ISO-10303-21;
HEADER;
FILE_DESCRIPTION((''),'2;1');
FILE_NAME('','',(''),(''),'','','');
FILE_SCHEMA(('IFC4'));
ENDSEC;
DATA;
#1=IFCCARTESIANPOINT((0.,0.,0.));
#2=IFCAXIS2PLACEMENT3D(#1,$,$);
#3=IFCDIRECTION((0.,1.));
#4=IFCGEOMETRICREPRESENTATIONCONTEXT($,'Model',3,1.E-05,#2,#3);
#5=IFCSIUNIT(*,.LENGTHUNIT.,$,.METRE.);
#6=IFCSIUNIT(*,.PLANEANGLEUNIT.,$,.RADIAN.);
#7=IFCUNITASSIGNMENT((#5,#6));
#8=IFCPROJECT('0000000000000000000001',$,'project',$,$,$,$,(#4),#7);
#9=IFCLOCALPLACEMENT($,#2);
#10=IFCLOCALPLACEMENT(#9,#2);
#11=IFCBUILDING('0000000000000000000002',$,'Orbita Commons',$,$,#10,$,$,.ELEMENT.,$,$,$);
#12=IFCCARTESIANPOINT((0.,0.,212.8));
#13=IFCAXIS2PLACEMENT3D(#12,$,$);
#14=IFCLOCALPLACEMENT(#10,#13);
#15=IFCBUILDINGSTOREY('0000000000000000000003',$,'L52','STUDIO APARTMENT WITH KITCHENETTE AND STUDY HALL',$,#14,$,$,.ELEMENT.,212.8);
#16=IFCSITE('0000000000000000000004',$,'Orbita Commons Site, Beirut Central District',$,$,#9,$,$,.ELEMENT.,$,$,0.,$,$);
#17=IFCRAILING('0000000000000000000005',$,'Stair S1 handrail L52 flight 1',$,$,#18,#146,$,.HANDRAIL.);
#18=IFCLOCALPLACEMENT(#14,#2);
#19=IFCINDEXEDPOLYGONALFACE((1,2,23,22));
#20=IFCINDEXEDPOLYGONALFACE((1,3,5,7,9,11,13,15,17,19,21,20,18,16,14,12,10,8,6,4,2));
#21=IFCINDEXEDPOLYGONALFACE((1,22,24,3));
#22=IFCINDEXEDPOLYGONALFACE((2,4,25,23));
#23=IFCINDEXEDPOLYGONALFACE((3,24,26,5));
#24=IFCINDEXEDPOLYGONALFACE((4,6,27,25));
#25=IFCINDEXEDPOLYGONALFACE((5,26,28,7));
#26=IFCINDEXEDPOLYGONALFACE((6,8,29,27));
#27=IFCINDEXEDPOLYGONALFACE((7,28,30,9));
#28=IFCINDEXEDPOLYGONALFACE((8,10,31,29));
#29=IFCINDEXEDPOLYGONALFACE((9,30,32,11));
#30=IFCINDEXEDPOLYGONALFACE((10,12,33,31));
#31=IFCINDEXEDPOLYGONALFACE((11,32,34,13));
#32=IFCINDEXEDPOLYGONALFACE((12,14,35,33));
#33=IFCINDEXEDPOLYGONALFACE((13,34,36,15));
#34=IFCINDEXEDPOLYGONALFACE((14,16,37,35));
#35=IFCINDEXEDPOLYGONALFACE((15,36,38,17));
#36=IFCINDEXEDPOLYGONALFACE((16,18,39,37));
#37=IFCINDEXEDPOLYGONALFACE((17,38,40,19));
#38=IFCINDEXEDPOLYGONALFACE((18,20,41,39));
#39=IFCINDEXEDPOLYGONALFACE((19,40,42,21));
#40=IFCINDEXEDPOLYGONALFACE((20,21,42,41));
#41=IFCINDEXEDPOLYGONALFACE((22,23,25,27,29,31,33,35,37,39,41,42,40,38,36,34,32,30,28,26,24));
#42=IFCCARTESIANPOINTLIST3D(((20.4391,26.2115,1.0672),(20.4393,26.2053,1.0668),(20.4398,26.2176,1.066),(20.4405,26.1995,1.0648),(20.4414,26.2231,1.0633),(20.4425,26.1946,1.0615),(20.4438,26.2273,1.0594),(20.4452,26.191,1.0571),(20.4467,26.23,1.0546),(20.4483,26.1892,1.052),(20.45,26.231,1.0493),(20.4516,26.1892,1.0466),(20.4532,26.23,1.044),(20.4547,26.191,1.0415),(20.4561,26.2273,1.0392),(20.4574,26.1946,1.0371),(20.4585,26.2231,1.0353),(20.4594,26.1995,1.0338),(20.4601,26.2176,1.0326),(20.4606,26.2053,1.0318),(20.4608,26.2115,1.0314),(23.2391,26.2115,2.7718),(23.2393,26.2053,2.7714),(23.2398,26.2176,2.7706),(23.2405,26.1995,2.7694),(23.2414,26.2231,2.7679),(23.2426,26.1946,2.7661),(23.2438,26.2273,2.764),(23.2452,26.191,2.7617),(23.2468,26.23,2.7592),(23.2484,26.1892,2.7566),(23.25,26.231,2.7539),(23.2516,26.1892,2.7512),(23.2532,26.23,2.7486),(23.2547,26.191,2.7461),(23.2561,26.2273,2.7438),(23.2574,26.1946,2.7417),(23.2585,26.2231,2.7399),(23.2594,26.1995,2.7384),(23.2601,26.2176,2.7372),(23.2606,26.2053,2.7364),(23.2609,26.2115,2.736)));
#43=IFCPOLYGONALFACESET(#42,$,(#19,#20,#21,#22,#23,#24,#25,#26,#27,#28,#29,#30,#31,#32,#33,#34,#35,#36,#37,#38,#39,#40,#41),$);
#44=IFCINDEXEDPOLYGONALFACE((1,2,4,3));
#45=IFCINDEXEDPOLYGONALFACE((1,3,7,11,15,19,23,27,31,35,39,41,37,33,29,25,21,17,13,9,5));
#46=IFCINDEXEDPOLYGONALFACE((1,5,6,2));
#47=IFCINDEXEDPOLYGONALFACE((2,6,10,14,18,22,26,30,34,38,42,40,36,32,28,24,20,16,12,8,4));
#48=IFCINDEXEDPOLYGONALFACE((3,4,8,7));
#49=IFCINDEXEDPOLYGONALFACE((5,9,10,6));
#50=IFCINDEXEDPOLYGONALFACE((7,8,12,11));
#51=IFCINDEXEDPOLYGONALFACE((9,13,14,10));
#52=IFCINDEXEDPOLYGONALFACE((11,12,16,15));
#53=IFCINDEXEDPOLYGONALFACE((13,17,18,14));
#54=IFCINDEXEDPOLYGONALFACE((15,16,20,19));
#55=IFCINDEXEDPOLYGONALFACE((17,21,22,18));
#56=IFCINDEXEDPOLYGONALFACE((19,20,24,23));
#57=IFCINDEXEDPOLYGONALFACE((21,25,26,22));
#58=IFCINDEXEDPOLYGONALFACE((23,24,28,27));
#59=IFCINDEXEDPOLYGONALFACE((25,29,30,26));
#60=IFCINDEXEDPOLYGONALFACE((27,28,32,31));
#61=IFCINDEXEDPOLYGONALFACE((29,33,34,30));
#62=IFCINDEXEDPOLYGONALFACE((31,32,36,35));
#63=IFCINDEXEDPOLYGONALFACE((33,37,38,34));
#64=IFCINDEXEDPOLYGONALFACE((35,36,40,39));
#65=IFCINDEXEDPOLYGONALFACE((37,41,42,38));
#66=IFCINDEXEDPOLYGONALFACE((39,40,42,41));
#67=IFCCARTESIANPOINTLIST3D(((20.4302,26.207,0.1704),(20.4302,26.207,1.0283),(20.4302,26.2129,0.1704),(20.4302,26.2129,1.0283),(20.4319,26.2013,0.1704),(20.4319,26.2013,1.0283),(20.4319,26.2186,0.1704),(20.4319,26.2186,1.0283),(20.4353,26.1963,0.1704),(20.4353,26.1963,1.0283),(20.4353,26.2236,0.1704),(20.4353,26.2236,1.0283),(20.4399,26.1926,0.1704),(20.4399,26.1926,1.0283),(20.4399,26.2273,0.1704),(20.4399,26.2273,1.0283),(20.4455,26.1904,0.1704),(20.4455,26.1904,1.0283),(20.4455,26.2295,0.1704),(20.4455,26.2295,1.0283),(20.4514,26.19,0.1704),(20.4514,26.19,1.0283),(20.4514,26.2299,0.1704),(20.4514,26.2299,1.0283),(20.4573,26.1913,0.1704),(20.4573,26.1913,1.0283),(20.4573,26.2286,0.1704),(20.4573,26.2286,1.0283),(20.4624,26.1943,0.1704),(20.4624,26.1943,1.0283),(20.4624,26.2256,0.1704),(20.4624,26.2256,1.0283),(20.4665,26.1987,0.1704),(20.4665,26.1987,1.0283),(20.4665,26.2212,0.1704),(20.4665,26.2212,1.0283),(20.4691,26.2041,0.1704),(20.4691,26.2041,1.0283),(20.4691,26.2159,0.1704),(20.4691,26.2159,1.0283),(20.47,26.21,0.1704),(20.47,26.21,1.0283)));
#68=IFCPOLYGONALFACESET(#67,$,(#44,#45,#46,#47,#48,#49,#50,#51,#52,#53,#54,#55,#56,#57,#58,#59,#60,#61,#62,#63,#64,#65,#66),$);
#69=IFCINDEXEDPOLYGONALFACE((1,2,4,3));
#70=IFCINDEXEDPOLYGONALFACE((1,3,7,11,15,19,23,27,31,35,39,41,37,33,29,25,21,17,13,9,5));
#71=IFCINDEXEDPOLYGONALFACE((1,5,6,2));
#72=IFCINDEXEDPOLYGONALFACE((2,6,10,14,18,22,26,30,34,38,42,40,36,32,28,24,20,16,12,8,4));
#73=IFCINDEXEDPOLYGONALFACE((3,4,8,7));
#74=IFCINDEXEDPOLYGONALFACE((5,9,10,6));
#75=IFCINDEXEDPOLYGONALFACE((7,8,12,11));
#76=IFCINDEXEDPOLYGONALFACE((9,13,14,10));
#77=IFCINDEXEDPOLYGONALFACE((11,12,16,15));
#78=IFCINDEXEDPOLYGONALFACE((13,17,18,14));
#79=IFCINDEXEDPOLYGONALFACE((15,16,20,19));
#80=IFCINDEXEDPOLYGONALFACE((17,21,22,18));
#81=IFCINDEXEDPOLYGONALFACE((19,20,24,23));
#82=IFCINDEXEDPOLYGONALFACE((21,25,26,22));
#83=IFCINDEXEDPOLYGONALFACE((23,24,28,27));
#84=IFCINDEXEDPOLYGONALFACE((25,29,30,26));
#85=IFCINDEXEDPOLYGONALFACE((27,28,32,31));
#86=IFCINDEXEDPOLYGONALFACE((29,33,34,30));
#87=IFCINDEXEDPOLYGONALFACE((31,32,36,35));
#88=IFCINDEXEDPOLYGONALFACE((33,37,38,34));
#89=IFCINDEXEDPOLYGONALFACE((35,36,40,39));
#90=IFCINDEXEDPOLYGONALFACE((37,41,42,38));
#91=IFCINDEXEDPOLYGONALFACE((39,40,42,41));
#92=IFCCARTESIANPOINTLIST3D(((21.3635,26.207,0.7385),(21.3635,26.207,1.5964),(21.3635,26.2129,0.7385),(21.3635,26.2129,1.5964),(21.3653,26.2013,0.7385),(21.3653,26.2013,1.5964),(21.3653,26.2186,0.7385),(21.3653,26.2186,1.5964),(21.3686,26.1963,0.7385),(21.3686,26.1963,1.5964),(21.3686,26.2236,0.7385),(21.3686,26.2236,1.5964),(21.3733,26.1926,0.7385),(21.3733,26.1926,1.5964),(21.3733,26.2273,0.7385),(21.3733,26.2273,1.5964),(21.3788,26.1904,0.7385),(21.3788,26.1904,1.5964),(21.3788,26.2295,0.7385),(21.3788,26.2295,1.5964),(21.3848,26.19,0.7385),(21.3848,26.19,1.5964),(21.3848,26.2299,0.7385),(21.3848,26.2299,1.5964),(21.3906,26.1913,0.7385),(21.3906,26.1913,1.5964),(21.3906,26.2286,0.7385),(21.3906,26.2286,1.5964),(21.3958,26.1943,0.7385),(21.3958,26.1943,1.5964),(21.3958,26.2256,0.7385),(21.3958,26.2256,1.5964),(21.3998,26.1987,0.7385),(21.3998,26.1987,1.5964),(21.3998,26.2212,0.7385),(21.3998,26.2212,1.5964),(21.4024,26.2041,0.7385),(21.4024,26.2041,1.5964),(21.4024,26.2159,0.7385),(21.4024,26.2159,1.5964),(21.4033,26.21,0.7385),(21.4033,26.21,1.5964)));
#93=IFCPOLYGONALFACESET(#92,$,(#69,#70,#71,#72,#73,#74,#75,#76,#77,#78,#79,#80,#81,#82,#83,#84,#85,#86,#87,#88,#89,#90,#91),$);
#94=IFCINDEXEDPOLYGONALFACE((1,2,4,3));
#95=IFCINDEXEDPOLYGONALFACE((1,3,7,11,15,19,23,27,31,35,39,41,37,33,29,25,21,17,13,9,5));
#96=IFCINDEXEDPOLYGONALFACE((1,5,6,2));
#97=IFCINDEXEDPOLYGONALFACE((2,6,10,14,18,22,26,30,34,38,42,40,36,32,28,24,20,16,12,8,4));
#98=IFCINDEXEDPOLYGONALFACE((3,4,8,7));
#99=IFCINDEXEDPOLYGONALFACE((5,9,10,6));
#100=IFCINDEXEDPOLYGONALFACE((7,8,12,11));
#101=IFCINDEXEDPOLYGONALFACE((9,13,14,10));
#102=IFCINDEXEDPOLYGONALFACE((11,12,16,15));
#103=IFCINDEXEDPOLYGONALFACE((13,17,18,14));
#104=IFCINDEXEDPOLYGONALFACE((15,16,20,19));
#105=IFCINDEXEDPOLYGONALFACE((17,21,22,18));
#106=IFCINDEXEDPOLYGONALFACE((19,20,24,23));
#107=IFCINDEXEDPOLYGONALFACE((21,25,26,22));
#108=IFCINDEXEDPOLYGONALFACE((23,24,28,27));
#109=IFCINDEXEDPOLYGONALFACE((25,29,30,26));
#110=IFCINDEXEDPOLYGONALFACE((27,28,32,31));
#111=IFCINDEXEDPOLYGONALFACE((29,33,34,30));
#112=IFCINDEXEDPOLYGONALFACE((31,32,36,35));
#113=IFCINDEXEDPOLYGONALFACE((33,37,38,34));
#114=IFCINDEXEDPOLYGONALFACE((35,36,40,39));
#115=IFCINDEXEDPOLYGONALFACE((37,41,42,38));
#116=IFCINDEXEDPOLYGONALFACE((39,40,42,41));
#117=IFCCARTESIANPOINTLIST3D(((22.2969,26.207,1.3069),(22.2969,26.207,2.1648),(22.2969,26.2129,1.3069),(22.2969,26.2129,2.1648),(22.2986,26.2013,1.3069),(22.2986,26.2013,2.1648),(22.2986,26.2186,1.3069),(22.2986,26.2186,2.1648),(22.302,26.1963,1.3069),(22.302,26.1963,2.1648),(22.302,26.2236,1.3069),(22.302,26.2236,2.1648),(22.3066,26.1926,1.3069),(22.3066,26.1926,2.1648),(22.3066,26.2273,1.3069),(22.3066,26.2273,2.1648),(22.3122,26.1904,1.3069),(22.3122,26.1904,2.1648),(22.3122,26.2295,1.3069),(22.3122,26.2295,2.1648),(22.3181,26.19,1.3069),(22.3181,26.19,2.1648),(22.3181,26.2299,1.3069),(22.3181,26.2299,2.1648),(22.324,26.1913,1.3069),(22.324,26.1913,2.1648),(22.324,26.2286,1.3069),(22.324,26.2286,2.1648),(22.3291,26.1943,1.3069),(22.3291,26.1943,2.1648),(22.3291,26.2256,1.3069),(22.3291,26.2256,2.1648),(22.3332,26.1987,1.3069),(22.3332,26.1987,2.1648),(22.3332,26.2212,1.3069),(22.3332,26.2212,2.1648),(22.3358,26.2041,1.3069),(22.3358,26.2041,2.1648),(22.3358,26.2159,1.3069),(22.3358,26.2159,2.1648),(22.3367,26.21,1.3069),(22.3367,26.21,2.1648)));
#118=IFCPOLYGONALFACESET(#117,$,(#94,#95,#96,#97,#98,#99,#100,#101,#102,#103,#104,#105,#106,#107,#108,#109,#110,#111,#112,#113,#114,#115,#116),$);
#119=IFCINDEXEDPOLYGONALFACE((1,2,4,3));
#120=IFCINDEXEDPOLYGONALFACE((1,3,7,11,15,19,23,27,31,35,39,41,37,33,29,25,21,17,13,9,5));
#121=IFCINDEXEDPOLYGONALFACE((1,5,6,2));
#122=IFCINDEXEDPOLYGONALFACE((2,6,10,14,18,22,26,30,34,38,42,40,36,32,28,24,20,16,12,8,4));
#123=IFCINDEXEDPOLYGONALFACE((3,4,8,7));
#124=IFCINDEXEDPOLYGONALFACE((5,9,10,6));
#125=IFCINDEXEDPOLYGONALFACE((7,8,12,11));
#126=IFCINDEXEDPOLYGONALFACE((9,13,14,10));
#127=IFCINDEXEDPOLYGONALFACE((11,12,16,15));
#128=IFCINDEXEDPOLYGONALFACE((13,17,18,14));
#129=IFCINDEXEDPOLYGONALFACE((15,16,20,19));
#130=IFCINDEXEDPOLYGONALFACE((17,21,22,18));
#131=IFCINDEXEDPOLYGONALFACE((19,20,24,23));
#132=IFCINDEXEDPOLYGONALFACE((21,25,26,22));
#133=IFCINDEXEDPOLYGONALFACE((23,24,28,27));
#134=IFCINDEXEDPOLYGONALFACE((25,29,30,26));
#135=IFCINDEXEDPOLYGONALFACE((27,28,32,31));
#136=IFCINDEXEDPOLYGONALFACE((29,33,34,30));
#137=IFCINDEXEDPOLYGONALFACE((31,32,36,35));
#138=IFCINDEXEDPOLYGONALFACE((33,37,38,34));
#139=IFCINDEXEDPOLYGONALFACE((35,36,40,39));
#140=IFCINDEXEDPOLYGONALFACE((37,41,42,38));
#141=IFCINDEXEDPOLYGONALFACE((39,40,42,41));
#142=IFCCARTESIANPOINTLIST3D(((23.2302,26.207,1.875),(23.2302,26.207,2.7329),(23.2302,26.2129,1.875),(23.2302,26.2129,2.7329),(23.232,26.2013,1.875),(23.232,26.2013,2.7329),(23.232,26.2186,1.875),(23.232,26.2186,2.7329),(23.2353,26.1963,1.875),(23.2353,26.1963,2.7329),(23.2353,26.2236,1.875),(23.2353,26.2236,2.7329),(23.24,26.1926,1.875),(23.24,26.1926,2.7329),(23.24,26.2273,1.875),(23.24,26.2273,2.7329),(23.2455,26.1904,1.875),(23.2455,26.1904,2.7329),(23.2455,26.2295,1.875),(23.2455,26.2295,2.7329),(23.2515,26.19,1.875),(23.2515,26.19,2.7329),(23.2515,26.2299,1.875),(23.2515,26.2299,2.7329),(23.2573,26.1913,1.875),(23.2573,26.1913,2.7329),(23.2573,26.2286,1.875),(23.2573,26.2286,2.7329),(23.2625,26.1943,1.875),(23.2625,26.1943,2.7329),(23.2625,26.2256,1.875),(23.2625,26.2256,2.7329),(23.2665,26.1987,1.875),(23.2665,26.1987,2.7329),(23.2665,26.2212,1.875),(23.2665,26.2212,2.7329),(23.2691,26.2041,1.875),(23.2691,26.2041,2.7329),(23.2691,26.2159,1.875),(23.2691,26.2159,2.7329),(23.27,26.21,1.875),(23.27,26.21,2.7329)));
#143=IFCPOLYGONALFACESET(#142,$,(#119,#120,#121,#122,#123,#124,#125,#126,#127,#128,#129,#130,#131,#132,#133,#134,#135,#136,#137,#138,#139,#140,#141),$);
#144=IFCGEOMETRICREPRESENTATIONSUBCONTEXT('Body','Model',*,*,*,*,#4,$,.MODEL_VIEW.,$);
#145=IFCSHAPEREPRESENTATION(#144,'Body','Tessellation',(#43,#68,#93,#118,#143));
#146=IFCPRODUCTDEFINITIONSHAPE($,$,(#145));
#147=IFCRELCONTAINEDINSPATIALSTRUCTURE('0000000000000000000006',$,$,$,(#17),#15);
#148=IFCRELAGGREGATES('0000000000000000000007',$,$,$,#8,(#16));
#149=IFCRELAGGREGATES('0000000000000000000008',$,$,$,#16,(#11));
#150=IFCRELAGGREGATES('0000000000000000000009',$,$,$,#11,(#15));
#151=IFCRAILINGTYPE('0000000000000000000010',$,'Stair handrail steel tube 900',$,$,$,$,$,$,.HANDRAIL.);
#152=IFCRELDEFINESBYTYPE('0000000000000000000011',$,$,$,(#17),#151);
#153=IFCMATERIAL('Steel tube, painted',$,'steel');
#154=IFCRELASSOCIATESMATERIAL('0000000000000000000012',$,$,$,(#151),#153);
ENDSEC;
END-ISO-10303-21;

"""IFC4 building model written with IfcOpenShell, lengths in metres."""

from ifc_helpers import new_model, si_unit, direction, frame, origin, origin_2d, place, context, subcontext, project, spatial, circle, extrude, material, type_object, element, save


model = new_model("IFC4")

# Units and contexts
model_context = context("Model", 3, precision=1e-05, world=origin(), true_north=direction((0.0, 1.0)))
body_context = subcontext(model_context, "Body", "Model", "MODEL_VIEW")
ifc_project = project(units=[si_unit("LENGTHUNIT", "METRE"), si_unit("PLANEANGLEUNIT", "RADIAN")], contexts=[model_context])

# Site, building, storey
site_placement = place(None, origin())
site = spatial("IfcSite", under=ifc_project, at=site_placement, Name="Orbita Commons Site, Beirut Central District", CompositionType="ELEMENT", RefElevation=0.0)
building_placement = place(site_placement, origin())
building = spatial("IfcBuilding", under=site, at=building_placement, Name="Orbita Commons", CompositionType="ELEMENT")
storey_placement = place(building_placement, frame((0.0, 0.0, 212.8)))
storey = spatial("IfcBuildingStorey", under=building, at=storey_placement, Name="L52", Description="STUDIO APARTMENT WITH KITCHENETTE AND STUDY HALL", CompositionType="ELEMENT", Elevation=212.8)

# Railing
ifc_material_1 = material(Name="Steel tube, painted", Category="steel")
railing_type = type_object("IfcRailingType", Name="Stair handrail steel tube 900", PredefinedType="HANDRAIL", material=ifc_material_1)
for number, where, name in (
    (1, (20.45, 26.21, 0.1704), "Stair S1 handrail L52 flight 1"),
):
    element("IfcRailing", number, at=place(storey_placement, frame(where)), inside=storey, type_object=railing_type, Name=name, PredefinedType="HANDRAIL", context=body_context, shape_type="SweptSolid", body=[
        extrude(circle(Radius=0.021, at=origin_2d()), frame((0.0, 0.0, 0.8789), z_axis=(0.85417, 0.0, 0.519994), x_axis=(0.0, 1.0, 0.0)), (0.0, 0.0, 1.0), 3.2781),
        extrude(circle(Radius=0.02, at=origin_2d()), origin(), (0.0, 0.0, 1.0), 0.8579),
        extrude(circle(Radius=0.02, at=origin_2d()), frame((0.9333, 0.0, 0.5681)), (0.0, 0.0, 1.0), 0.8579),
        extrude(circle(Radius=0.02, at=origin_2d()), frame((1.8667, 0.0, 1.1365)), (0.0, 0.0, 1.0), 0.8579),
        extrude(circle(Radius=0.02, at=origin_2d()), frame((2.8, 0.0, 1.7046)), (0.0, 0.0, 1.0), 0.8579),
    ])

save(model, "model.ifc")
